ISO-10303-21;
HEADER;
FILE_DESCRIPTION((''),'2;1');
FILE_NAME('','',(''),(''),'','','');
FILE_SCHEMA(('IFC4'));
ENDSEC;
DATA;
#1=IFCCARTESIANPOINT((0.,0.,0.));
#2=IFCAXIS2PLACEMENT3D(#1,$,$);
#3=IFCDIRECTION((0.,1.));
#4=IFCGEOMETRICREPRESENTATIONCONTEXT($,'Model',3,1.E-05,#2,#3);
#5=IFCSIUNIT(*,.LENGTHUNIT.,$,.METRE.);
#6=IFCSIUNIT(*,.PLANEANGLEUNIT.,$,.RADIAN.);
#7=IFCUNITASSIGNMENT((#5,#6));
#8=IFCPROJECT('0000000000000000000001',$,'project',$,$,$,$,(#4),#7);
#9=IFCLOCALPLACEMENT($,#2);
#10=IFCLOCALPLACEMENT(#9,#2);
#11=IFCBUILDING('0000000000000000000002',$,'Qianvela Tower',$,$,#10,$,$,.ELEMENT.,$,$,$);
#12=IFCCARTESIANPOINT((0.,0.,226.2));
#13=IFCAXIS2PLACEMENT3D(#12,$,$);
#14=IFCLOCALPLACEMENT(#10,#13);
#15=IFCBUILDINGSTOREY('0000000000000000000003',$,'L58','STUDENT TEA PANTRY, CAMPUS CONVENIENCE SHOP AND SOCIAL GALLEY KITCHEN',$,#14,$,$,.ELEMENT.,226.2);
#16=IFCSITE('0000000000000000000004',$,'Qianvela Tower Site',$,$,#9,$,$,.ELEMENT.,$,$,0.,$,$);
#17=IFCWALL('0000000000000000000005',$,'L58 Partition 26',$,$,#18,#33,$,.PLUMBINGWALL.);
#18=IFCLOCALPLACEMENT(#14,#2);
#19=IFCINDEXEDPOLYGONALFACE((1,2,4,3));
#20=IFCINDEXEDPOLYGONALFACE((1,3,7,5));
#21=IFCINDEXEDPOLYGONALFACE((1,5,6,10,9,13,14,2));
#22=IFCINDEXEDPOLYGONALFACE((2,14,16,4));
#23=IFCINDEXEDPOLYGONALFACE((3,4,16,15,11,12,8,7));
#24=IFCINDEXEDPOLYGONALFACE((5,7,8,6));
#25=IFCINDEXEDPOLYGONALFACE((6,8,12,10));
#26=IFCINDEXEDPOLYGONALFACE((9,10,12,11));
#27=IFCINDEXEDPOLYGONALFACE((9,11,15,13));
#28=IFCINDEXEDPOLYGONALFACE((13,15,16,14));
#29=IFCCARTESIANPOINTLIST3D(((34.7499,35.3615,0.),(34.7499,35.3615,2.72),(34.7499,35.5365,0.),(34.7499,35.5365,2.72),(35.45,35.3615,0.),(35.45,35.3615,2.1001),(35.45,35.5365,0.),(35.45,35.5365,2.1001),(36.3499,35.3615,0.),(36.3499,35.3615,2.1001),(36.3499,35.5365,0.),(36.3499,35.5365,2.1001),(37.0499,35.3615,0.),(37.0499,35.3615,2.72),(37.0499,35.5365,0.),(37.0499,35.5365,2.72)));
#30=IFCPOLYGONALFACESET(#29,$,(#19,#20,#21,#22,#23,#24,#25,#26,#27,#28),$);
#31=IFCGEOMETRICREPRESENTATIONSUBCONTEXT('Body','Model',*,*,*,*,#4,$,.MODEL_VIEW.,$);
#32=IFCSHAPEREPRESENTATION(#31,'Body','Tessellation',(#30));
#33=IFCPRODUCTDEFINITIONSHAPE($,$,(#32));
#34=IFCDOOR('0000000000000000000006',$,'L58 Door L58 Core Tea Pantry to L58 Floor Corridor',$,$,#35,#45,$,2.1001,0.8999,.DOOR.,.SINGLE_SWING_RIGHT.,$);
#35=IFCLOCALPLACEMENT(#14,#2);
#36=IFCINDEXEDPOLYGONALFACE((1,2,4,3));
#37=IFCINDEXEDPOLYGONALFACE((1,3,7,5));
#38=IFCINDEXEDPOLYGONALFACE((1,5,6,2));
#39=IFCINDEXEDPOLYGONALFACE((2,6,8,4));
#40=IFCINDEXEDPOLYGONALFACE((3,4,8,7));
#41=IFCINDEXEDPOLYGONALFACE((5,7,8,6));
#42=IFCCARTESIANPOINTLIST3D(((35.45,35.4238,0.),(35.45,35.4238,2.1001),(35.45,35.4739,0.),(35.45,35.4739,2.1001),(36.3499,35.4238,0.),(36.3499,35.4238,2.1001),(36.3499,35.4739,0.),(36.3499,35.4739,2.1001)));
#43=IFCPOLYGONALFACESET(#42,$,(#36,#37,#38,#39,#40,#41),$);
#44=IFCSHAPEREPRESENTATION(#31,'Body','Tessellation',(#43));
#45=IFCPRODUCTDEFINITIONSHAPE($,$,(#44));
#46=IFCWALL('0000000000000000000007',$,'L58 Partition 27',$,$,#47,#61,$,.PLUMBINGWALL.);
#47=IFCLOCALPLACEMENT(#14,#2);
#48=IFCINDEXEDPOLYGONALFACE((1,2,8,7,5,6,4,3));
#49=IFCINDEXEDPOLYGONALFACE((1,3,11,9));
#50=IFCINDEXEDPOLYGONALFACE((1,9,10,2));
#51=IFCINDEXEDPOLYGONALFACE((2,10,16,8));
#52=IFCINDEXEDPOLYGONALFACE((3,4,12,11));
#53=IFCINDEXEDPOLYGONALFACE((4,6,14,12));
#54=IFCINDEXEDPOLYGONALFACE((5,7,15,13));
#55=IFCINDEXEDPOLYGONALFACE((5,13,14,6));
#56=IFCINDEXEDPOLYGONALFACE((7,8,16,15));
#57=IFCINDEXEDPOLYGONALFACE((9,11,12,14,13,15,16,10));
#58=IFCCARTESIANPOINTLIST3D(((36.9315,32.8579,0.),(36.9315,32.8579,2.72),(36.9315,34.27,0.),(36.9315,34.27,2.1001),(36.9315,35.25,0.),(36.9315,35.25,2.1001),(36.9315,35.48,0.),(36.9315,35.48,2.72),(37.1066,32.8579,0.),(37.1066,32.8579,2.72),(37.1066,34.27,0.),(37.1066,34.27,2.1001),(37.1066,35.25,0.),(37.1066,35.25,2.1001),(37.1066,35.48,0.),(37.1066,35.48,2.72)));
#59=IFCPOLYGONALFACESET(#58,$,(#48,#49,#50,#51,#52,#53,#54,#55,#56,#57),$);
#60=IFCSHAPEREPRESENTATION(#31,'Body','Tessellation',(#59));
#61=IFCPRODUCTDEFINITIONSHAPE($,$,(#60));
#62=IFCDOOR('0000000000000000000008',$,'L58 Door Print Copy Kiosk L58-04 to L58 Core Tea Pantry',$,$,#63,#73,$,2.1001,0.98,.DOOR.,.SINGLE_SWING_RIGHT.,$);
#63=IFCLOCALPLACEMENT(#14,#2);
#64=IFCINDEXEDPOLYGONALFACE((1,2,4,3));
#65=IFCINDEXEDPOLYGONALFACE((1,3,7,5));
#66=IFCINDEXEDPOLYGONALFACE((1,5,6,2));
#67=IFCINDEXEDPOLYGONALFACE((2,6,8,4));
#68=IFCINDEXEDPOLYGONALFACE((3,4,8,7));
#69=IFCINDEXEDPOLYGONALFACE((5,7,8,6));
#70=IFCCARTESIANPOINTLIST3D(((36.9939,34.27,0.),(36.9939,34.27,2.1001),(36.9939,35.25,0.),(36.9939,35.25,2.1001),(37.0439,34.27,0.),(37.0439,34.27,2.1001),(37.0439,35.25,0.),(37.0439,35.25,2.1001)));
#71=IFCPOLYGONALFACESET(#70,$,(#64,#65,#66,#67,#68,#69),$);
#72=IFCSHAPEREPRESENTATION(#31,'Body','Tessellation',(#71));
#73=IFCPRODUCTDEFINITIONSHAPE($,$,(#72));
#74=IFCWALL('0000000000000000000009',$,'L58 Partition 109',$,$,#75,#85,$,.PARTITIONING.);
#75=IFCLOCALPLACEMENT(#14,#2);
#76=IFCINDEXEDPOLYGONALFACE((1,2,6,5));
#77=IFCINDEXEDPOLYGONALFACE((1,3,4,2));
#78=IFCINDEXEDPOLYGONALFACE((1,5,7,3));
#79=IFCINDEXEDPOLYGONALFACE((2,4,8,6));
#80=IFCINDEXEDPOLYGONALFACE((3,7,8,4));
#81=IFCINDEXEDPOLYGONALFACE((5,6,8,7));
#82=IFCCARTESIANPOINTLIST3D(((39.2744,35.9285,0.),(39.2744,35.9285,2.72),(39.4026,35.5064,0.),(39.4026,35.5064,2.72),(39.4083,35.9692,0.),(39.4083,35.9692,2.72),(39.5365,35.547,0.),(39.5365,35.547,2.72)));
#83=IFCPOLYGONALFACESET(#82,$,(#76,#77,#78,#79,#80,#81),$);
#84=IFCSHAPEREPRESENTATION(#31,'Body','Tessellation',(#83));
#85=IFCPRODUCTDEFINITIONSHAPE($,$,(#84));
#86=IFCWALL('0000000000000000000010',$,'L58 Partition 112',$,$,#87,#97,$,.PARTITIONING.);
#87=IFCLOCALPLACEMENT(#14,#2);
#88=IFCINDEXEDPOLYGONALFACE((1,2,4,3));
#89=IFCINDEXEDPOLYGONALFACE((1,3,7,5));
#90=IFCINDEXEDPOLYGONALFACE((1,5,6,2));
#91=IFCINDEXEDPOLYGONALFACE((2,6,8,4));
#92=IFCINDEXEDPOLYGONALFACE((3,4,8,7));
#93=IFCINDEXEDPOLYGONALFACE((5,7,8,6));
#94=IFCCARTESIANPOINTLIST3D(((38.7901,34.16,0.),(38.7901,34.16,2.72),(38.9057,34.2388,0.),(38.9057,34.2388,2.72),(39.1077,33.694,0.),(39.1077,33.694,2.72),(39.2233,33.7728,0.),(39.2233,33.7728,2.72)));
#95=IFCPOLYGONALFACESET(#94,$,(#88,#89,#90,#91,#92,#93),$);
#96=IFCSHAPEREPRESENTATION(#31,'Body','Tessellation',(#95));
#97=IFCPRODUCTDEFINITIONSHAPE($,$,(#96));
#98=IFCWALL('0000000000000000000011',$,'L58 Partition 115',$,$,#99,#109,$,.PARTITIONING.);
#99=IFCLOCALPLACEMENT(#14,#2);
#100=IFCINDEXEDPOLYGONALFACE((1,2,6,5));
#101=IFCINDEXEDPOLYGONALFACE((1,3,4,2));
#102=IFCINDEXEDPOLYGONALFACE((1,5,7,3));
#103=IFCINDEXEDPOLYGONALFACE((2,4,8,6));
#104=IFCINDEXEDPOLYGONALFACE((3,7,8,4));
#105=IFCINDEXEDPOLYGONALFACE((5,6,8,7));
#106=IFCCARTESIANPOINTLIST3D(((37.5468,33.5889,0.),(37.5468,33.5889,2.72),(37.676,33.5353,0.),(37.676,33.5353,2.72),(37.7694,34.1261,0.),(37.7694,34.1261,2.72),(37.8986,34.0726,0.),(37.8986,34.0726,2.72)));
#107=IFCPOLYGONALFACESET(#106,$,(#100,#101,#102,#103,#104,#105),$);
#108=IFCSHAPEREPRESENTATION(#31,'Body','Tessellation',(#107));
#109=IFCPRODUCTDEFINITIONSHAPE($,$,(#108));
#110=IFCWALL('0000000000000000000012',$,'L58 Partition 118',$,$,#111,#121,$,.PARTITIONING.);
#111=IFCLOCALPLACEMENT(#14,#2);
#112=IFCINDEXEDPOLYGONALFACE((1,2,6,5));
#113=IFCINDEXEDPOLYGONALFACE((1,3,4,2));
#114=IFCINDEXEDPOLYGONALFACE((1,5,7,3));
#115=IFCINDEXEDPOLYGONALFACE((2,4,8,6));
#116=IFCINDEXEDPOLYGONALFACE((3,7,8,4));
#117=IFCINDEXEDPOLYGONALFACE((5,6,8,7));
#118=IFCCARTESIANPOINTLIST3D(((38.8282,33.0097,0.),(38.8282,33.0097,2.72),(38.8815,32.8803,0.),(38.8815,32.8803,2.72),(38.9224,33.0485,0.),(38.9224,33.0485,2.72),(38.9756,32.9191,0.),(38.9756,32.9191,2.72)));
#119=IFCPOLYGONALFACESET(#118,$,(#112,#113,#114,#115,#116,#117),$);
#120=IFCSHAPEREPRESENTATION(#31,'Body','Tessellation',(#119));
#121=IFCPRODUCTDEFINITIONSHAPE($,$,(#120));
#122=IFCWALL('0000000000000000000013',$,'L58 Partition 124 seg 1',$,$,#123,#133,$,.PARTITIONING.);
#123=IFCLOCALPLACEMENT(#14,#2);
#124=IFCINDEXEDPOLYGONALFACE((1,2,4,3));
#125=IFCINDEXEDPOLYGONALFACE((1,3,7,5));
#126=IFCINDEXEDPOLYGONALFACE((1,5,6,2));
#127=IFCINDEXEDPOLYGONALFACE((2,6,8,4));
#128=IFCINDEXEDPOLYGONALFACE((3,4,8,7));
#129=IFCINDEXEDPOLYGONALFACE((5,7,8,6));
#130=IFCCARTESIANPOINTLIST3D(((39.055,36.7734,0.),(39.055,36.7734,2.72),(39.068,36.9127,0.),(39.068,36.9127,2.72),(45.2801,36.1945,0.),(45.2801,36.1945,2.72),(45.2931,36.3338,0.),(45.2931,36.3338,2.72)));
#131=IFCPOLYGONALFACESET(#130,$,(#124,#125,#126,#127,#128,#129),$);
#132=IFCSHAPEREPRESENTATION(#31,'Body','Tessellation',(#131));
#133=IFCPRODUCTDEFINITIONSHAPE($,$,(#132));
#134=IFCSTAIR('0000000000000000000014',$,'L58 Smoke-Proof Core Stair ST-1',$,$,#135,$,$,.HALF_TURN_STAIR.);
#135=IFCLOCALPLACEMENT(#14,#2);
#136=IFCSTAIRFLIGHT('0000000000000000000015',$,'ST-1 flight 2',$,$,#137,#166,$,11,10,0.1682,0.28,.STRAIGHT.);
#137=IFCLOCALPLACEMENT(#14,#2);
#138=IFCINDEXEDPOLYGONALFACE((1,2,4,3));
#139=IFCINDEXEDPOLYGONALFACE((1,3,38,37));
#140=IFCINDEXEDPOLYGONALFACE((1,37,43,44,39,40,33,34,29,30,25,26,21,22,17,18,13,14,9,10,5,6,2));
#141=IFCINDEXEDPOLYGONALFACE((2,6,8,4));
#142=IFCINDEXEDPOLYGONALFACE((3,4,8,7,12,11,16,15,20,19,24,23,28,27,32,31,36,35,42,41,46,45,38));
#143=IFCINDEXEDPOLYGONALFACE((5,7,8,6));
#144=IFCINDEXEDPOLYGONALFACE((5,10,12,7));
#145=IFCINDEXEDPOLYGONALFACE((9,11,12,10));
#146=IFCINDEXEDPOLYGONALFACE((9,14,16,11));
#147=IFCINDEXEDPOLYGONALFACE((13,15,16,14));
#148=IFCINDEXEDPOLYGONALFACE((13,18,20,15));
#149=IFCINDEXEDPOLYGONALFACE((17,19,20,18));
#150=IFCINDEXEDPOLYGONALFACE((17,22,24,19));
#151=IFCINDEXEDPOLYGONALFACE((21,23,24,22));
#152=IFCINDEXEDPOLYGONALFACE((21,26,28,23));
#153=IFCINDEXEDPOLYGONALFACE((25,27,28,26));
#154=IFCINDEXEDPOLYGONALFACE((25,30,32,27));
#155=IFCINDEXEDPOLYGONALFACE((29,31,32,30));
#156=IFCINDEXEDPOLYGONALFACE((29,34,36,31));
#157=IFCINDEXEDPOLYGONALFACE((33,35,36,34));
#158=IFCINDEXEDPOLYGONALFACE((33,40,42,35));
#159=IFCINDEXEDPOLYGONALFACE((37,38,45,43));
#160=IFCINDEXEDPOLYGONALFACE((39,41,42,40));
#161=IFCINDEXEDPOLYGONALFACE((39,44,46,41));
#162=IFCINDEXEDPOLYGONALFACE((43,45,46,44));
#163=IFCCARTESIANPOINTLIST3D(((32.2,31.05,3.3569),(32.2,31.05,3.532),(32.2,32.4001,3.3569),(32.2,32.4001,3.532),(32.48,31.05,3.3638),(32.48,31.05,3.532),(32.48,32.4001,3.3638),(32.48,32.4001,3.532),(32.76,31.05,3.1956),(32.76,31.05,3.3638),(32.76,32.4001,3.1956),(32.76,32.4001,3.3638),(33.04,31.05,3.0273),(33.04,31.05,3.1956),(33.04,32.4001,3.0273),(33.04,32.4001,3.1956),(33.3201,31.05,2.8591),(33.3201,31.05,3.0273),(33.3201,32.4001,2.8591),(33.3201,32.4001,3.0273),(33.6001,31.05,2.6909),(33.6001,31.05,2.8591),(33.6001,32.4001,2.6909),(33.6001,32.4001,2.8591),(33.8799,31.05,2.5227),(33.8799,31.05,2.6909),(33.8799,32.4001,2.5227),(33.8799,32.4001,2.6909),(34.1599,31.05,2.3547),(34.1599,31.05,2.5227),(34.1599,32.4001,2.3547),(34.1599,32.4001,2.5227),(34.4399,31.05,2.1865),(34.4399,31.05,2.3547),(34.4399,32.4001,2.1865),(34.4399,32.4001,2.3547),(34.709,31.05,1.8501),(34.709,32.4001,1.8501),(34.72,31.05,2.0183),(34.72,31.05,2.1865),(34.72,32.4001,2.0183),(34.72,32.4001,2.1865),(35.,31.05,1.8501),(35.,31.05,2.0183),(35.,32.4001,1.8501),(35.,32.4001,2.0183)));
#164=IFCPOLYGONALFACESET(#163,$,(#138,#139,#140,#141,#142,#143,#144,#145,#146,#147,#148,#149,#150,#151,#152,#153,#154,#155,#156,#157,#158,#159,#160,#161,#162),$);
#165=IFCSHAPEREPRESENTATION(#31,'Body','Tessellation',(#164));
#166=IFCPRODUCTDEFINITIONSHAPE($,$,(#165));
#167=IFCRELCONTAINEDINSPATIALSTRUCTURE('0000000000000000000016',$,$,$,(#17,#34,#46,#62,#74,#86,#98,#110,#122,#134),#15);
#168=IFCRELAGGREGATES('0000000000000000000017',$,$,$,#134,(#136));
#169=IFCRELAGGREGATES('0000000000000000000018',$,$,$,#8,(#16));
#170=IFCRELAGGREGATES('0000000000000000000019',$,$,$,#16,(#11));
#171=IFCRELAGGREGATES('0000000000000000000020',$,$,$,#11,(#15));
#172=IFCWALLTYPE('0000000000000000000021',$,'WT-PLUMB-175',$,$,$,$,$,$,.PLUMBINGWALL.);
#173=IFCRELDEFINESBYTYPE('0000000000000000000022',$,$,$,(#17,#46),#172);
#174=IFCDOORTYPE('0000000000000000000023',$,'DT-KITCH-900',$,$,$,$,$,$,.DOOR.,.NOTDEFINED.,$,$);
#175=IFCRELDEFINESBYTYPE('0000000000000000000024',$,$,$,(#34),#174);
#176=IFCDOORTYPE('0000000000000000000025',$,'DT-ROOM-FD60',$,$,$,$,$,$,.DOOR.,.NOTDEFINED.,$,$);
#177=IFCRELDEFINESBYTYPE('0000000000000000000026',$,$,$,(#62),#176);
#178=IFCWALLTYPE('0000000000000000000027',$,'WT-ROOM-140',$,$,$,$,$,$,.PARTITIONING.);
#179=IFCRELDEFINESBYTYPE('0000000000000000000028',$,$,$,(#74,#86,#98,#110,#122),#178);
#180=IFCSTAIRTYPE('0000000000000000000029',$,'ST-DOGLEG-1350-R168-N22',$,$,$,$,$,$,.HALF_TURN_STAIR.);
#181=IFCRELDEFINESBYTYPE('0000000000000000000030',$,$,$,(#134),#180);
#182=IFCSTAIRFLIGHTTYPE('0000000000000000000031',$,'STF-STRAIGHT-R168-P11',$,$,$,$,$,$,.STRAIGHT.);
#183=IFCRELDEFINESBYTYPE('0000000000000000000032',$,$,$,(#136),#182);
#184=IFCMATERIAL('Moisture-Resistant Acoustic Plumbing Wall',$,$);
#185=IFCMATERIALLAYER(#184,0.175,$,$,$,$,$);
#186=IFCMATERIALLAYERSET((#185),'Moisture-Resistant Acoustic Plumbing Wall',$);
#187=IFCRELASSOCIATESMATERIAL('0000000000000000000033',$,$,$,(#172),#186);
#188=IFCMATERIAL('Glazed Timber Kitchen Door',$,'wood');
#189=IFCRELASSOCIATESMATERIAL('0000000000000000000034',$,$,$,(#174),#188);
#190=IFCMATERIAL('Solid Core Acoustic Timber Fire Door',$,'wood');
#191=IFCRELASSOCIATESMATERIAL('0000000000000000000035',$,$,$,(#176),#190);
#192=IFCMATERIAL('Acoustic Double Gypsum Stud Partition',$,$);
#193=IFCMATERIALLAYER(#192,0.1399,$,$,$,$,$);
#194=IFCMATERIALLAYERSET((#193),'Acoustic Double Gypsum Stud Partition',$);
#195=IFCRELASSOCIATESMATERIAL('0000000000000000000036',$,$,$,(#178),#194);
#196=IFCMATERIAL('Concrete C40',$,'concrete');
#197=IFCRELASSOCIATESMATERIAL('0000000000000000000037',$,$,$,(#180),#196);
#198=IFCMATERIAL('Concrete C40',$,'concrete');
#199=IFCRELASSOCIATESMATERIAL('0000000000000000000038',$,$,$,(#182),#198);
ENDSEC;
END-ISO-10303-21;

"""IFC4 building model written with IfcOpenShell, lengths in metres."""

from ifc_helpers import new_model, si_unit, direction, frame, frame_2d, origin, place, context, subcontext, project, spatial, polyline, rectangle, outline, extrude, material, layer, layer_set, type_object, element, fill, aggregate, save


model = new_model("IFC4")

# Units and contexts
model_context = context("Model", 3, precision=1e-05, world=origin(), true_north=direction((0.0, 1.0)))
body_context = subcontext(model_context, "Body", "Model", "MODEL_VIEW")
ifc_project = project(units=[si_unit("LENGTHUNIT", "METRE"), si_unit("PLANEANGLEUNIT", "RADIAN")], contexts=[model_context])

# Site, building, storey
site_placement = place(None, origin())
site = spatial("IfcSite", under=ifc_project, at=site_placement, Name="Qianvela Tower Site", CompositionType="ELEMENT", RefElevation=0.0)
building_placement = place(site_placement, origin())
building = spatial("IfcBuilding", under=site, at=building_placement, Name="Qianvela Tower", CompositionType="ELEMENT")
storey_placement = place(building_placement, frame((0.0, 0.0, 226.2)))
storey = spatial("IfcBuildingStorey", under=building, at=storey_placement, Name="L58", Description="STUDENT TEA PANTRY, CAMPUS CONVENIENCE SHOP AND SOCIAL GALLEY KITCHEN", CompositionType="ELEMENT", Elevation=226.2)

# Shared definitions
ifc_material_1 = material(Name="Moisture-Resistant Acoustic Plumbing Wall")
ifc_layer_1 = layer(ifc_material_1, 0.175)
ifc_layer_set_1 = layer_set([ifc_layer_1], Name="Moisture-Resistant Acoustic Plumbing Wall")
wall_type_1 = type_object("IfcWallType", Name="WT-PLUMB-175", PredefinedType="PLUMBINGWALL", material=ifc_layer_set_1)

# Walls, openings, doors
wall_1_placement = place(storey_placement, frame((34.75, 35.449, 0.0), z_axis=(0.0, 0.0, 1.0), x_axis=(1.0, 0.0, 0.0)))
wall_1 = element("IfcWall", 1, at=wall_1_placement, inside=storey, type_object=wall_type_1, Name="L58 Partition 26", PredefinedType="PLUMBINGWALL", context=body_context, shape_type="SweptSolid", body=[
    extrude(rectangle(XDim=2.3, YDim=0.175, at=frame_2d((1.1499, 0.0))), origin(), (0.0, 0.0, 1.0), 2.72),
])
opening_1_placement = place(wall_1_placement, frame((0.7, 0.0, 0.0)))
opening_1 = element("IfcOpeningElement", 2, at=opening_1_placement, cuts=wall_1, PredefinedType="OPENING", context=body_context, shape_type="SweptSolid", body=[
    extrude(rectangle(XDim=0.8999, YDim=2.1001, at=frame_2d((0.45, 1.05))), frame((0.0, 0.0974, 0.0), z_axis=(0.0, -1.0, 0.0), x_axis=(1.0, 0.0, 0.0)), (0.0, 0.0, 1.0), 0.1951),
])
ifc_material_2 = material(Name="Glazed Timber Kitchen Door", Category="wood")
door_type_1 = type_object("IfcDoorType", Name="DT-KITCH-900", OperationType="NOTDEFINED", PredefinedType="DOOR", material=ifc_material_2)
door_1_placement = place(opening_1_placement, origin())
door_1 = element("IfcDoor", 3, at=door_1_placement, inside=storey, type_object=door_type_1, Name="L58 Door L58 Core Tea Pantry to L58 Floor Corridor", OperationType="SINGLE_SWING_RIGHT", OverallHeight=2.1001, OverallWidth=0.8999, PredefinedType="DOOR", context=body_context, shape_type="SweptSolid", body=[
    extrude(rectangle(XDim=0.8999, YDim=2.1001, at=frame_2d((0.45, 1.05))), frame((0.0, 0.0249, 0.0), z_axis=(0.0, -1.0, 0.0), x_axis=(1.0, 0.0, 0.0)), (0.0, 0.0, 1.0), 0.05),
])
fill(opening_1, door_1)
wall_2_placement = place(storey_placement, frame((37.019, 35.48, 0.0), z_axis=(0.0, 0.0, 1.0), x_axis=(0.0, -1.0, 0.0)))
wall_2 = element("IfcWall", 4, at=wall_2_placement, inside=storey, type_object=wall_type_1, Name="L58 Partition 27", PredefinedType="PLUMBINGWALL", context=body_context, shape_type="SweptSolid", body=[
    extrude(rectangle(XDim=2.6221, YDim=0.175, at=frame_2d((1.311, 0.0))), origin(), (0.0, 0.0, 1.0), 2.72),
])
opening_2_placement = place(wall_2_placement, frame((0.23, 0.0, 0.0)))
opening_2 = element("IfcOpeningElement", 5, at=opening_2_placement, cuts=wall_2, PredefinedType="OPENING", context=body_context, shape_type="SweptSolid", body=[
    extrude(rectangle(XDim=0.98, YDim=2.1001, at=frame_2d((0.49, 1.05))), frame((0.0, 0.0974, 0.0), z_axis=(0.0, -1.0, 0.0), x_axis=(1.0, 0.0, 0.0)), (0.0, 0.0, 1.0), 0.1951),
])
ifc_material_3 = material(Name="Solid Core Acoustic Timber Fire Door", Category="wood")
door_type_2 = type_object("IfcDoorType", Name="DT-ROOM-FD60", OperationType="NOTDEFINED", PredefinedType="DOOR", material=ifc_material_3)
door_2_placement = place(opening_2_placement, origin())
door_2 = element("IfcDoor", 6, at=door_2_placement, inside=storey, type_object=door_type_2, Name="L58 Door Print Copy Kiosk L58-04 to L58 Core Tea Pantry", OperationType="SINGLE_SWING_RIGHT", OverallHeight=2.1001, OverallWidth=0.98, PredefinedType="DOOR", context=body_context, shape_type="SweptSolid", body=[
    extrude(rectangle(XDim=0.98, YDim=2.1001, at=frame_2d((0.49, 1.05))), frame((0.0, 0.0249, 0.0), z_axis=(0.0, -1.0, 0.0), x_axis=(1.0, 0.0, 0.0)), (0.0, 0.0, 1.0), 0.05),
])
fill(opening_2, door_2)

# Walls
ifc_material_4 = material(Name="Acoustic Double Gypsum Stud Partition")
ifc_layer_2 = layer(ifc_material_4, 0.1399)
ifc_layer_set_2 = layer_set([ifc_layer_2], Name="Acoustic Double Gypsum Stud Partition")
wall_type_2 = type_object("IfcWallType", Name="WT-ROOM-140", PredefinedType="PARTITIONING", material=ifc_layer_set_2)
wall_3_placement = place(storey_placement, frame((39.3413, 35.949, 0.0), z_axis=(0.0, 0.0, 1.0), x_axis=(0.290545, -0.956861, 0.0)))
element("IfcWall", 7, at=wall_3_placement, inside=storey, type_object=wall_type_2, Name="L58 Partition 109", PredefinedType="PARTITIONING", context=body_context, shape_type="SweptSolid", body=[
    extrude(rectangle(XDim=0.4412, YDim=0.1399, at=frame_2d((0.2207, 0.0))), origin(), (0.0, 0.0, 1.0), 2.72),
])
wall_4_placement = place(storey_placement, frame((39.1655, 33.7334, 0.0), z_axis=(0.0, 0.0, 1.0), x_axis=(-0.563162, 0.826346, 0.0)))
element("IfcWall", 8, at=wall_4_placement, inside=storey, type_object=wall_type_2, Name="L58 Partition 112", PredefinedType="PARTITIONING", context=body_context, shape_type="SweptSolid", body=[
    extrude(rectangle(XDim=0.564, YDim=0.1399, at=frame_2d((0.282, 0.0))), origin(), (0.0, 0.0, 1.0), 2.72),
])
wall_5_placement = place(storey_placement, frame((37.834, 34.0994, 0.0), z_axis=(0.0, 0.0, 1.0), x_axis=(-0.382797, -0.923833, 0.0)))
element("IfcWall", 9, at=wall_5_placement, inside=storey, type_object=wall_type_2, Name="L58 Partition 115", PredefinedType="PARTITIONING", context=body_context, shape_type="SweptSolid", body=[
    extrude(rectangle(XDim=0.5815, YDim=0.1399, at=frame_2d((0.2908, 0.0))), origin(), (0.0, 0.0, 1.0), 2.72),
])
wall_6_placement = place(storey_placement, frame((38.855, 32.9451, 0.0), z_axis=(0.0, 0.0, 1.0), x_axis=(0.924628, 0.38087, 0.0)))
element("IfcWall", 10, at=wall_6_placement, inside=storey, type_object=wall_type_2, Name="L58 Partition 118", PredefinedType="PARTITIONING", context=body_context, shape_type="SweptSolid", body=[
    extrude(rectangle(XDim=0.1018, YDim=0.1399, at=frame_2d((0.0508, 0.0))), origin(), (0.0, 0.0, 1.0), 2.72),
])
wall_7_placement = place(storey_placement, frame((39.0615, 36.843, 0.0), z_axis=(0.0, 0.0, 1.0), x_axis=(0.995704, -0.092588, 0.0)))
element("IfcWall", 11, at=wall_7_placement, inside=storey, type_object=wall_type_2, Name="L58 Partition 124 seg 1", PredefinedType="PARTITIONING", context=body_context, shape_type="SweptSolid", body=[
    extrude(rectangle(XDim=6.252, YDim=0.1399, at=frame_2d((3.126, 0.0))), origin(), (0.0, 0.0, 1.0), 2.72),
])

# Stair, stair flight
ifc_material_5 = material(Name="Concrete C40", Category="concrete")
stair_type = type_object("IfcStairType", Name="ST-DOGLEG-1350-R168-N22", PredefinedType="HALF_TURN_STAIR", material=ifc_material_5)
stair_placement = place(storey_placement, origin())
stair = element("IfcStair", 12, at=stair_placement, inside=storey, type_object=stair_type, Name="L58 Smoke-Proof Core Stair ST-1", PredefinedType="HALF_TURN_STAIR")
ifc_material_6 = material(Name="Concrete C40", Category="concrete")
stair_flight_type = type_object("IfcStairFlightType", Name="STF-STRAIGHT-R168-P11", PredefinedType="STRAIGHT", material=ifc_material_6)
stair_flight_placement = place(storey_placement, frame((35.0, 31.7251, 1.8501), z_axis=(0.0, 0.0, 1.0), x_axis=(-1.0, 0.0, 0.0)))
stair_flight = element("IfcStairFlight", 13, at=stair_flight_placement, type_object=stair_flight_type, Name="ST-1 flight 2", NumberOfRisers=11, NumberOfTreads=10, PredefinedType="STRAIGHT", RiserHeight=0.1682, TreadLength=0.28, context=body_context, shape_type="SweptSolid", body=[
    extrude(outline(polyline([(0.0, 0.0), (0.0, 0.1682), (0.28, 0.1682), (0.28, 0.3364), (0.5601, 0.3364), (0.5601, 0.5046), (0.8401, 0.5046), (0.8401, 0.6726), (1.1201, 0.6726), (1.1201, 0.8408), (1.3999, 0.8408), (1.3999, 1.009), (1.6799, 1.009), (1.6799, 1.1772), (1.96, 1.1772), (1.96, 1.3455), (2.24, 1.3455), (2.24, 1.5137), (2.52, 1.5137), (2.52, 1.6819), (2.8, 1.6819), (2.8, 1.8501), (2.8, 1.5068), (0.291, 0.0), (0.0, 0.0)])), frame((0.0, 0.675, 0.0), z_axis=(0.0, -1.0, 0.0), x_axis=(1.0, 0.0, 0.0)), (0.0, 0.0, 1.0), 1.3501),
])
aggregate(stair, [stair_flight])

save(model, "model.ifc")
